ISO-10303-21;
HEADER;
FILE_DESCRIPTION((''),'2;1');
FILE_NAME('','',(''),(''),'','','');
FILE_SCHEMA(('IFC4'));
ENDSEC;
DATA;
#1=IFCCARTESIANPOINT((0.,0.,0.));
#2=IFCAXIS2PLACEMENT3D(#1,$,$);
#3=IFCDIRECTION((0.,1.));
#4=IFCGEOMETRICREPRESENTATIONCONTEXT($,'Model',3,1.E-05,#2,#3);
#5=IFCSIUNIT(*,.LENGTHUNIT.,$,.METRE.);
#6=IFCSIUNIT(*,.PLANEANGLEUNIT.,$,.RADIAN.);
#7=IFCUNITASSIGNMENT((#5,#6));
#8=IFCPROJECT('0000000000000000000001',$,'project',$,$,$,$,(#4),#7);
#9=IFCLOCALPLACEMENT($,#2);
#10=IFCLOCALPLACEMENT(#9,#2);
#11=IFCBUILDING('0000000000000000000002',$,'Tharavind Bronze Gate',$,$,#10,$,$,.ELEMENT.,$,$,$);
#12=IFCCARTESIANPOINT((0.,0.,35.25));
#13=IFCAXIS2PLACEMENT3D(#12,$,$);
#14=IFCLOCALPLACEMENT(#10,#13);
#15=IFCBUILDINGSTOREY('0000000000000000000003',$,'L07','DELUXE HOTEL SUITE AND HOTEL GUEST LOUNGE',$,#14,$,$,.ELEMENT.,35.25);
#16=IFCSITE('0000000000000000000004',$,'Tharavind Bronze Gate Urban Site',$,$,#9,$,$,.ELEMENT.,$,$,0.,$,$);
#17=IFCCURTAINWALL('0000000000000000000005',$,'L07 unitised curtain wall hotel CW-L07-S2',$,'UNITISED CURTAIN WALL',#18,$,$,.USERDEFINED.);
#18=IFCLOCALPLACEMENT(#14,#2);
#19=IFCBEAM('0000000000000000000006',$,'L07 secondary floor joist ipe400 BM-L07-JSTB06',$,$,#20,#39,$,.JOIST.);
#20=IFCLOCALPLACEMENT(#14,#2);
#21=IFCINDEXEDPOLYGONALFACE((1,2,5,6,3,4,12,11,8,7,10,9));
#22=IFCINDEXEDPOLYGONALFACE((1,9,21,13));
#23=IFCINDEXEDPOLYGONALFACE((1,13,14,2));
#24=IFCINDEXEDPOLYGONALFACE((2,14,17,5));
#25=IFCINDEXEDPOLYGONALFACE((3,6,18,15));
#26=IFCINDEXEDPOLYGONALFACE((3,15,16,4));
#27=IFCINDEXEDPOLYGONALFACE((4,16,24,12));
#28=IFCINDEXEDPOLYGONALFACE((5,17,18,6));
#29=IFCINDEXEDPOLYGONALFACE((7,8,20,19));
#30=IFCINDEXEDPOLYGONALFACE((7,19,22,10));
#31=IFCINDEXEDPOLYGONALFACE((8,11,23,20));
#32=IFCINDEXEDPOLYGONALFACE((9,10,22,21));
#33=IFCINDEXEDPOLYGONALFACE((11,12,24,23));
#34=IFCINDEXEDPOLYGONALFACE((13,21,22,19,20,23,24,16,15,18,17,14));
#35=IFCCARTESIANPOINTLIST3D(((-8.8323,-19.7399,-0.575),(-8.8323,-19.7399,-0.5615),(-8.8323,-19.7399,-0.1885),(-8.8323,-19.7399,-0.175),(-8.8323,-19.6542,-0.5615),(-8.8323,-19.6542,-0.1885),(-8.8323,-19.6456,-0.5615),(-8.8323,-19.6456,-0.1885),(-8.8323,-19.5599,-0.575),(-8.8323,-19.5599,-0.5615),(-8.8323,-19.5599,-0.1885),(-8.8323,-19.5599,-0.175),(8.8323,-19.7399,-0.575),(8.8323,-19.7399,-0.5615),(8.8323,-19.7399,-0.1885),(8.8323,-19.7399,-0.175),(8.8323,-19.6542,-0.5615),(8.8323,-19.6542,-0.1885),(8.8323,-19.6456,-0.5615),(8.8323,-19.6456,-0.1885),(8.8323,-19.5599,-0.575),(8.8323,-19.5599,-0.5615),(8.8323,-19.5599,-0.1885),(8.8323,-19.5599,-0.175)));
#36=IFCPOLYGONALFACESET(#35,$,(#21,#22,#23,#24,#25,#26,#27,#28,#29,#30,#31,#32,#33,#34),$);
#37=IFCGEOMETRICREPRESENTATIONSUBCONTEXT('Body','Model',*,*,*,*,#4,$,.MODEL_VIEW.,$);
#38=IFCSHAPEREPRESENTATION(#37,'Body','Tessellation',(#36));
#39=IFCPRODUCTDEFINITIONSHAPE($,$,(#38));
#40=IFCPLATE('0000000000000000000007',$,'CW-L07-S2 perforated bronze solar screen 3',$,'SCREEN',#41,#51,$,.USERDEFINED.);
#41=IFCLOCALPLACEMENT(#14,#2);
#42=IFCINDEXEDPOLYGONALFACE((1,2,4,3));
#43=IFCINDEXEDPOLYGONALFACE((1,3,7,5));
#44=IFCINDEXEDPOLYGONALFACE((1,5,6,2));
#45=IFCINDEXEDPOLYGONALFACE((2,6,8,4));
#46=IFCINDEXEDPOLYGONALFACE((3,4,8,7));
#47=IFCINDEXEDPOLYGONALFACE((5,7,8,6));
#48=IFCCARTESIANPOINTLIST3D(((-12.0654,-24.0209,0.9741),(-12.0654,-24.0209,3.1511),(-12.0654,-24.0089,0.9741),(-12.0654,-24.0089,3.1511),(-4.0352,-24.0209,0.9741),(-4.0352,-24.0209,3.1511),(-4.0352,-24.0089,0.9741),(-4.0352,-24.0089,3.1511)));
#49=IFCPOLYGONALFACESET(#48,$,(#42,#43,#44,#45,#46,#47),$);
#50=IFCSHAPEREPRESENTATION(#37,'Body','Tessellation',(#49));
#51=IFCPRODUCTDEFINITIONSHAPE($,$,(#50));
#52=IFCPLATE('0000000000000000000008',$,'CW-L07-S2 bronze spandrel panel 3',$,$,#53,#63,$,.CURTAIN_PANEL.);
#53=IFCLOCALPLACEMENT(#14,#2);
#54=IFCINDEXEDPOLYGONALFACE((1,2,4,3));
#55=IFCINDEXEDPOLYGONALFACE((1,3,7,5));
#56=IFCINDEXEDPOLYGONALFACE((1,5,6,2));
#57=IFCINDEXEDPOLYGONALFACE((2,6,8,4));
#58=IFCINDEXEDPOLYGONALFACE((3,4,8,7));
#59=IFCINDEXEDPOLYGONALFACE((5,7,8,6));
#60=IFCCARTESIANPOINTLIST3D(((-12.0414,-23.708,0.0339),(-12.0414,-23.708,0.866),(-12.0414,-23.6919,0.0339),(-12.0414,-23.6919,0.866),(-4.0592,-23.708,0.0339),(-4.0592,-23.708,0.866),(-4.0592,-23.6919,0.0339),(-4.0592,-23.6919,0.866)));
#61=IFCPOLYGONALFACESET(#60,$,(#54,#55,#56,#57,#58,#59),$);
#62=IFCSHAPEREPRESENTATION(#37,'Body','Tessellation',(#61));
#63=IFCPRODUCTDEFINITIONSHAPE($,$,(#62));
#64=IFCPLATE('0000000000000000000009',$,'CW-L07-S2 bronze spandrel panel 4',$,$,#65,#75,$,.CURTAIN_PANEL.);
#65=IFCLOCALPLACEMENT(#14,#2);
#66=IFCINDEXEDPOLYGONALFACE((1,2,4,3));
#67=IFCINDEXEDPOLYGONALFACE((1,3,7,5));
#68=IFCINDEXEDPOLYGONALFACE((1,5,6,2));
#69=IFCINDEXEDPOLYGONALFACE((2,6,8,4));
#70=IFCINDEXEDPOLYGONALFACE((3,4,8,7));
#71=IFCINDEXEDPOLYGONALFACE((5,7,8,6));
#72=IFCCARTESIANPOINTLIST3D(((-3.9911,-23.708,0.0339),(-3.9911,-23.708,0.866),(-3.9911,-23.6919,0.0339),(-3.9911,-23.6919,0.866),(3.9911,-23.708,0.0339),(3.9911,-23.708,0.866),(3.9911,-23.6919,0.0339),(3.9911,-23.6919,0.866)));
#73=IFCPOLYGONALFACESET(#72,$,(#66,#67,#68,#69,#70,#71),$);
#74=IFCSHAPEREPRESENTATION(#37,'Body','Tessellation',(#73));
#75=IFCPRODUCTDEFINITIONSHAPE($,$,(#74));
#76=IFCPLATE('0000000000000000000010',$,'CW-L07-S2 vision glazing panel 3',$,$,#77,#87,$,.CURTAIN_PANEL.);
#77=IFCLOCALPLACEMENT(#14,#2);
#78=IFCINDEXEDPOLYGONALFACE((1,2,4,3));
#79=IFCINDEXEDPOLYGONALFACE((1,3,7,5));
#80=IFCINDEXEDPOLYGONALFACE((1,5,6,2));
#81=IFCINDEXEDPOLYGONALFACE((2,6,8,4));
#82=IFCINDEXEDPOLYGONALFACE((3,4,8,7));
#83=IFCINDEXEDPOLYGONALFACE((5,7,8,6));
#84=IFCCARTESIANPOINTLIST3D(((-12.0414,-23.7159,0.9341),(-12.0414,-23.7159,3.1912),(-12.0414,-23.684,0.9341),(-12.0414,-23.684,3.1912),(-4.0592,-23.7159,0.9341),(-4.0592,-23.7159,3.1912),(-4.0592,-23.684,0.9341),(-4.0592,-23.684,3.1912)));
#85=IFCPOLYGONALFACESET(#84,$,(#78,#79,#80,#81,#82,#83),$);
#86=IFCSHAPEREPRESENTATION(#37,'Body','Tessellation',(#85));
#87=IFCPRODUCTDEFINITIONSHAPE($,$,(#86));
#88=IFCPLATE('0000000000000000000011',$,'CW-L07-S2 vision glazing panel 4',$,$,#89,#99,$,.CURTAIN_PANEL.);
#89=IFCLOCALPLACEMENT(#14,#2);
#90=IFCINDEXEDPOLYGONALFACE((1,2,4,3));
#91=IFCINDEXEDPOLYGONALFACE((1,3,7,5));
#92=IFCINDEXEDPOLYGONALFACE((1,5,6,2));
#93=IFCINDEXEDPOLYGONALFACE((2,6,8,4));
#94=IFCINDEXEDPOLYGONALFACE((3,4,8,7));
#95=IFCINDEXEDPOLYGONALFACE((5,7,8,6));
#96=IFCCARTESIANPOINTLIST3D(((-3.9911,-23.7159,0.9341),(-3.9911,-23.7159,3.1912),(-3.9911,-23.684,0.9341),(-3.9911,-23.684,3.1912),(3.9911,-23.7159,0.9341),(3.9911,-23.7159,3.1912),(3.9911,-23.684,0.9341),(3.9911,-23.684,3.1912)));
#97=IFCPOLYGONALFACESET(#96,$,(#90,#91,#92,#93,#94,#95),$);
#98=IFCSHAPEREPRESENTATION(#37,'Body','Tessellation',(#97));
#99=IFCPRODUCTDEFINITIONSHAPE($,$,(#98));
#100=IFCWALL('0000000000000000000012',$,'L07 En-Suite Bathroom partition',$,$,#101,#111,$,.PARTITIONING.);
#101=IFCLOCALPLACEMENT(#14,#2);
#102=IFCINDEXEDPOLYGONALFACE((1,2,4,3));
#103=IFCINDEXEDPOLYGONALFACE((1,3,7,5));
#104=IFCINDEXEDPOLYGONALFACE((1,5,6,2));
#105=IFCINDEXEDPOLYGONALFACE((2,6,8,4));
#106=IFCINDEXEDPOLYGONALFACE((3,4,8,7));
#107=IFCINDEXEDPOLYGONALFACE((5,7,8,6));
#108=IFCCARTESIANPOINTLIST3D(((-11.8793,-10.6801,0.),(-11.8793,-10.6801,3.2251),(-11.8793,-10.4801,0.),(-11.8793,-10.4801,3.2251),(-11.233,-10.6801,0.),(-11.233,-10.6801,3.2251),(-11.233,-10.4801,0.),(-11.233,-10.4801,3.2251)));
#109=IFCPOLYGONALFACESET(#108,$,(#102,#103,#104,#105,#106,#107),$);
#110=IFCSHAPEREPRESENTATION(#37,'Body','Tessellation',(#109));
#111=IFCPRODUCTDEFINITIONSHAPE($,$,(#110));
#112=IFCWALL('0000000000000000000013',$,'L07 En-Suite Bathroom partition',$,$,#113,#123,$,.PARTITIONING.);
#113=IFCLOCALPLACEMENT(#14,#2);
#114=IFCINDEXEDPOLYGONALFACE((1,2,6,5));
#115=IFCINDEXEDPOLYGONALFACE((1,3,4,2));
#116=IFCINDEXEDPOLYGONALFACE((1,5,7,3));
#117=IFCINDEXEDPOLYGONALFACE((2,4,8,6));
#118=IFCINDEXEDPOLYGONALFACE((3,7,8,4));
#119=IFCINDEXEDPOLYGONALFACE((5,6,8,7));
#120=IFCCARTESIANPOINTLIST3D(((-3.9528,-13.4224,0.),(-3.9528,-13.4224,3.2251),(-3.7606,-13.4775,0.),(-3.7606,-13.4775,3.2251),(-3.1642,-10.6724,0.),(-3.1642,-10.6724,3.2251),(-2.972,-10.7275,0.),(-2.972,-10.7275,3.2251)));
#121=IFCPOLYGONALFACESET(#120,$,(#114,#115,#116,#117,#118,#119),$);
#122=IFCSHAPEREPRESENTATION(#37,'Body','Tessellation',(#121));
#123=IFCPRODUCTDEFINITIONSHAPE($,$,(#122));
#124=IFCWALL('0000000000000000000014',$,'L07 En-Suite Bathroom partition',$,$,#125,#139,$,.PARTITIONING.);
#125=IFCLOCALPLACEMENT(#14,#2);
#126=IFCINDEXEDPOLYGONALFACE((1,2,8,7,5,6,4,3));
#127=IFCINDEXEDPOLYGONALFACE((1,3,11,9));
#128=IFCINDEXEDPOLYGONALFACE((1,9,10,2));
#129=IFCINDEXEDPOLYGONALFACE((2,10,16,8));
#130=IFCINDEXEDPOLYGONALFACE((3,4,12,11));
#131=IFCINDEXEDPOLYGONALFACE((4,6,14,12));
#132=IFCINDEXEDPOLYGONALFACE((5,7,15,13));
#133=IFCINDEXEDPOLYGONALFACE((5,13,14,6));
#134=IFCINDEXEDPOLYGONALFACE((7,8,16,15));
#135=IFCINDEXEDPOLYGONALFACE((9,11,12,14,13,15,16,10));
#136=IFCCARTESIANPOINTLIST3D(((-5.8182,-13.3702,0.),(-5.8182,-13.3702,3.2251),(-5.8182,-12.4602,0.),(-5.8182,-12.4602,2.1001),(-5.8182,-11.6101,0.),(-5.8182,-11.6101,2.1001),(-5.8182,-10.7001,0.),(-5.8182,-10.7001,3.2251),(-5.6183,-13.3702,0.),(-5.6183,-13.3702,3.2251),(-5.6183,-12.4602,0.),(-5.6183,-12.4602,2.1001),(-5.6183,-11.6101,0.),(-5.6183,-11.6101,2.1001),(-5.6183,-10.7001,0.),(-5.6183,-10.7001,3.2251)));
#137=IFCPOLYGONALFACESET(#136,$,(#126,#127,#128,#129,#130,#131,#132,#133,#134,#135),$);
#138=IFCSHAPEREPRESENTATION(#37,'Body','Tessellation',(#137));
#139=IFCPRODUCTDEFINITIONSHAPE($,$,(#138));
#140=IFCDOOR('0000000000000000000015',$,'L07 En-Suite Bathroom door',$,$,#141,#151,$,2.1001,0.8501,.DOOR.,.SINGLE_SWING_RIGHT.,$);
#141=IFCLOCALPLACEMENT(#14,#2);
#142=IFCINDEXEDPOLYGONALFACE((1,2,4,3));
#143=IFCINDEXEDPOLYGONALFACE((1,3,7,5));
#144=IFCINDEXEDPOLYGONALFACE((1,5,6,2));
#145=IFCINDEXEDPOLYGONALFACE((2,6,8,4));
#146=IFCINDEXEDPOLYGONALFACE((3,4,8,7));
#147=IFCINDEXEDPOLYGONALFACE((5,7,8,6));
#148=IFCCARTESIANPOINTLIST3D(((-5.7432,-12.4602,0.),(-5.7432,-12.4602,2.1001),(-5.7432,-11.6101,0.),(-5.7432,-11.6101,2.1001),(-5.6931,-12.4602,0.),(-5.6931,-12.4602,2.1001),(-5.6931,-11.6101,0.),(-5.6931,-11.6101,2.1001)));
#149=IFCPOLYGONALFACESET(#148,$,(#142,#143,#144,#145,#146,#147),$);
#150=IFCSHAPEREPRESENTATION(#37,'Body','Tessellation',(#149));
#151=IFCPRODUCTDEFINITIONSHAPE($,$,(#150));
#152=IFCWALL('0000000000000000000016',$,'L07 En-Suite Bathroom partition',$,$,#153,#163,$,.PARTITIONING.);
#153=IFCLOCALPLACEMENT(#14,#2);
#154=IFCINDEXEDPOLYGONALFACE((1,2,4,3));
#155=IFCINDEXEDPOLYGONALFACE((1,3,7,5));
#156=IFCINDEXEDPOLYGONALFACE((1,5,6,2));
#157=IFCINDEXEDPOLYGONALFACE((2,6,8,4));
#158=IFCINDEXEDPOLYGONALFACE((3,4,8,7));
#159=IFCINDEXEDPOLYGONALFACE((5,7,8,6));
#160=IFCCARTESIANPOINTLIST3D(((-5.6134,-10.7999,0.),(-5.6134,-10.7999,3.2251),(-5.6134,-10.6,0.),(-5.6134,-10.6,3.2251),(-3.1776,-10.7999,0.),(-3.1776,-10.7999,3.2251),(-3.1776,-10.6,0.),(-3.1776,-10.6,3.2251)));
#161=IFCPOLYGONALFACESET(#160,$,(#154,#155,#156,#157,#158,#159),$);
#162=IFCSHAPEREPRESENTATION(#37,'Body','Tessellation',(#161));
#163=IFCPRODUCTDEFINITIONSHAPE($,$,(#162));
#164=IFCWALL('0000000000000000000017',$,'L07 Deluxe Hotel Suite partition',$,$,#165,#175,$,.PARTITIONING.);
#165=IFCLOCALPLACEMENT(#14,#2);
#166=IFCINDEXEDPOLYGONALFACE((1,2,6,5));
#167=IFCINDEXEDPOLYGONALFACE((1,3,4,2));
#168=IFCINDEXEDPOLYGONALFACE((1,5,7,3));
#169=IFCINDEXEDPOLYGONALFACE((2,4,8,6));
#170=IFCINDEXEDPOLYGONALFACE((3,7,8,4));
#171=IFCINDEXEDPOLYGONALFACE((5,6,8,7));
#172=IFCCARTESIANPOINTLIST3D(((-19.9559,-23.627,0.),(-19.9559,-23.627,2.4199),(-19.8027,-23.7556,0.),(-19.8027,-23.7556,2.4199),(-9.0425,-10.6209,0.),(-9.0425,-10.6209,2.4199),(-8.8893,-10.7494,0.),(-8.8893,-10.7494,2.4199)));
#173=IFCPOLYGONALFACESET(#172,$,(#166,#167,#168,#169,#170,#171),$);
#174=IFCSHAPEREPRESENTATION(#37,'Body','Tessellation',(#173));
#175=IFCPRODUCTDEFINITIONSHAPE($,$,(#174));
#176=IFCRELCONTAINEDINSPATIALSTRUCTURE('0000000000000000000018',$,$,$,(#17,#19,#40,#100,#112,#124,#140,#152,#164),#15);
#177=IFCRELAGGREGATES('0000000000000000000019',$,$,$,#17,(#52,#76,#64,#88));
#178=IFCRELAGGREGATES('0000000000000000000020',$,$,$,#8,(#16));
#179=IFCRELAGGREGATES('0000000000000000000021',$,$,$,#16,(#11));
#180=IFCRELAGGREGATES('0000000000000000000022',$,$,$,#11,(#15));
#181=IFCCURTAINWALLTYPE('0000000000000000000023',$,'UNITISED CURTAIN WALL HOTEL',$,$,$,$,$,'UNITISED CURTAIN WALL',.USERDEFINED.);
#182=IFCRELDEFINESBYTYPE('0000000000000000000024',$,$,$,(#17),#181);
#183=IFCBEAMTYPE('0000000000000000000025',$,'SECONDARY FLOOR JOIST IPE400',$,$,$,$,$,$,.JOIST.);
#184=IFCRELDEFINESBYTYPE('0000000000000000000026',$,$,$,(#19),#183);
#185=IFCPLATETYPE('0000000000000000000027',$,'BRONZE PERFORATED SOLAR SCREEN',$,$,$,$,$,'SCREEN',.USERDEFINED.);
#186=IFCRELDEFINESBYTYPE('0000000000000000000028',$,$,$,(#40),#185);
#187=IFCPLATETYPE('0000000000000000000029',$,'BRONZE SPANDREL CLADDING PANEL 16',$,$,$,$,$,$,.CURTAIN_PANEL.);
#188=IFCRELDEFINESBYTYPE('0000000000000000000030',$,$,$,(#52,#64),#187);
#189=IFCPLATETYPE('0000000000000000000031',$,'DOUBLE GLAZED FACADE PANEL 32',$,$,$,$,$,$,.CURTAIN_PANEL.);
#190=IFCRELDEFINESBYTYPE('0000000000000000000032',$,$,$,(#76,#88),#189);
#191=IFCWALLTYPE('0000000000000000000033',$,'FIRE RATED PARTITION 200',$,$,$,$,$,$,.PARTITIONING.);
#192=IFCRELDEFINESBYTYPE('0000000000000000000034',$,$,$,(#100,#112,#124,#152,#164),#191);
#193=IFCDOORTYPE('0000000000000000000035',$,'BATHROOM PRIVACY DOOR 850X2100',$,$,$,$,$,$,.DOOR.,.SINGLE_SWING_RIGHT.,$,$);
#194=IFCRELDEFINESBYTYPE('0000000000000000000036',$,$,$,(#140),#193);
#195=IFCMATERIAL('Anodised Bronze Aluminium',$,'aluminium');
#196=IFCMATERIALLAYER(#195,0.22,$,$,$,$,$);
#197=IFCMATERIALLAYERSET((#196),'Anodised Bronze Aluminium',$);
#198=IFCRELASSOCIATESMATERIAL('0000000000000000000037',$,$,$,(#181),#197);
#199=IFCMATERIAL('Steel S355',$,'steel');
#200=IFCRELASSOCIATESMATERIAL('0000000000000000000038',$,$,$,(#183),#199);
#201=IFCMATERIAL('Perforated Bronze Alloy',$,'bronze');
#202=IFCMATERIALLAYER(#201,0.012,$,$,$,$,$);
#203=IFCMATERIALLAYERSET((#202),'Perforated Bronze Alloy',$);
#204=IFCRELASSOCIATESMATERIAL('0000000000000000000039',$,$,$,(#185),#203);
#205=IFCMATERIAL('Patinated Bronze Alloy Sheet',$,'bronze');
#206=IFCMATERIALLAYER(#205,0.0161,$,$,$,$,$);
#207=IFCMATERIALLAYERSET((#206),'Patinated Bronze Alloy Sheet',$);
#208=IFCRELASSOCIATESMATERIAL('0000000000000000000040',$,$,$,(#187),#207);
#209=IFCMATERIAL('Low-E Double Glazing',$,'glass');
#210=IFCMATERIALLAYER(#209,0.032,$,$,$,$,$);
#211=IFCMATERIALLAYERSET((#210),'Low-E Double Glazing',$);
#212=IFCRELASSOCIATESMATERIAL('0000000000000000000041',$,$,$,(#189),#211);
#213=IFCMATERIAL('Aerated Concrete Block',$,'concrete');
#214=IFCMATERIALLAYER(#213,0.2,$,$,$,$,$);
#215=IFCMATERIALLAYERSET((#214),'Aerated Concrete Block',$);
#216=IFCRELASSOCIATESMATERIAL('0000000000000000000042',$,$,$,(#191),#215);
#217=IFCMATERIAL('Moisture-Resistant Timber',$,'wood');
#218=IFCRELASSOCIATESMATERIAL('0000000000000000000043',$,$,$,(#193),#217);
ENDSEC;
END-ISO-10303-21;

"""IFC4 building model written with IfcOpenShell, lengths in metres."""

from ifc_helpers import new_model, si_unit, direction, frame, frame_2d, origin, origin_2d, place, context, subcontext, project, spatial, rectangle, i_section, extrude, material, layer, layer_set, material_profile, profile_set, type_object, element, fill, aggregate, save


model = new_model("IFC4")

# Units and contexts
model_context = context("Model", 3, precision=1e-05, world=origin(), true_north=direction((0.0, 1.0)))
body_context = subcontext(model_context, "Body", "Model", "MODEL_VIEW")
ifc_project = project(units=[si_unit("LENGTHUNIT", "METRE"), si_unit("PLANEANGLEUNIT", "RADIAN")], contexts=[model_context])

# Site, building, storey
site_placement = place(None, origin())
site = spatial("IfcSite", under=ifc_project, at=site_placement, Name="Tharavind Bronze Gate Urban Site", CompositionType="ELEMENT", RefElevation=0.0)
building_placement = place(site_placement, origin())
building = spatial("IfcBuilding", under=site, at=building_placement, Name="Tharavind Bronze Gate", CompositionType="ELEMENT")
storey_placement = place(building_placement, frame((0.0, 0.0, 35.25)))
storey = spatial("IfcBuildingStorey", under=building, at=storey_placement, Name="L07", Description="DELUXE HOTEL SUITE AND HOTEL GUEST LOUNGE", CompositionType="ELEMENT", Elevation=35.25)

# Curtain wall
ifc_material_1 = material(Name="Anodised Bronze Aluminium", Category="aluminium")
ifc_layer_1 = layer(ifc_material_1, 0.22)
ifc_layer_set_1 = layer_set([ifc_layer_1], Name="Anodised Bronze Aluminium")
curtain_wall_type = type_object("IfcCurtainWallType", Name="UNITISED CURTAIN WALL HOTEL", ElementType="UNITISED CURTAIN WALL", PredefinedType="USERDEFINED", material=ifc_layer_set_1)
curtain_wall_placement = place(storey_placement, origin())
curtain_wall = element("IfcCurtainWall", 1, at=curtain_wall_placement, inside=storey, type_object=curtain_wall_type, Name="L07 unitised curtain wall hotel CW-L07-S2", ObjectType="UNITISED CURTAIN WALL", PredefinedType="USERDEFINED")

# Beam
ifc_material_2 = material(Name="Steel S355", Category="steel")
ifc_material_profile_1 = material_profile(ifc_material_2, i_section(OverallWidth=0.1799, OverallDepth=0.3999, WebThickness=0.0085, FlangeThickness=0.0134, at=origin_2d()), Name="IPE400")
ifc_profile_set_1 = profile_set([ifc_material_profile_1], Name="Steel S355")
beam_type_1 = type_object("IfcBeamType", Name="SECONDARY FLOOR JOIST IPE400", PredefinedType="JOIST", material=ifc_profile_set_1)
beam_1_placement = place(storey_placement, frame((-8.8323, -19.6499, -0.375), z_axis=(1.0, 0.0, 0.0), x_axis=(0.0, 1.0, 0.0)))
element("IfcBeam", 2, at=beam_1_placement, inside=storey, type_object=beam_type_1, Name="L07 secondary floor joist ipe400 BM-L07-JSTB06", PredefinedType="JOIST", context=body_context, shape_type="SweptSolid", body=[
    extrude(i_section(OverallWidth=0.1799, OverallDepth=0.3999, WebThickness=0.0085, FlangeThickness=0.0134, at=origin_2d()), origin(), (0.0, 0.0, 1.0), 17.6646),
])

# Plates
ifc_material_3 = material(Name="Perforated Bronze Alloy", Category="bronze")
ifc_layer_2 = layer(ifc_material_3, 0.012)
ifc_layer_set_2 = layer_set([ifc_layer_2], Name="Perforated Bronze Alloy")
plate_type_1 = type_object("IfcPlateType", Name="BRONZE PERFORATED SOLAR SCREEN", ElementType="SCREEN", PredefinedType="USERDEFINED", material=ifc_layer_set_2)
plate_1_placement = place(storey_placement, frame((-8.0503, -24.0149, 0.9741), z_axis=(0.0, 0.0, 1.0), x_axis=(1.0, 0.0, 0.0)))
element("IfcPlate", 3, at=plate_1_placement, inside=storey, type_object=plate_type_1, Name="CW-L07-S2 perforated bronze solar screen 3", ObjectType="SCREEN", PredefinedType="USERDEFINED", context=body_context, shape_type="SweptSolid", body=[
    extrude(rectangle(XDim=8.0303, YDim=0.012, at=origin_2d()), origin(), (0.0, 0.0, 1.0), 2.177),
])
ifc_material_4 = material(Name="Patinated Bronze Alloy Sheet", Category="bronze")
ifc_layer_3 = layer(ifc_material_4, 0.0161)
ifc_layer_set_3 = layer_set([ifc_layer_3], Name="Patinated Bronze Alloy Sheet")
plate_type_2 = type_object("IfcPlateType", Name="BRONZE SPANDREL CLADDING PANEL 16", PredefinedType="CURTAIN_PANEL", material=ifc_layer_set_3)
plate_2_placement = place(storey_placement, frame((-8.0503, -23.7, 0.0339), z_axis=(0.0, 0.0, 1.0), x_axis=(1.0, 0.0, 0.0)))
plate_2 = element("IfcPlate", 4, at=plate_2_placement, type_object=plate_type_2, Name="CW-L07-S2 bronze spandrel panel 3", PredefinedType="CURTAIN_PANEL", context=body_context, shape_type="SweptSolid", body=[
    extrude(rectangle(XDim=7.9822, YDim=0.0161, at=origin_2d()), origin(), (0.0, 0.0, 1.0), 0.832),
])
plate_3_placement = place(storey_placement, frame((0.0, -23.7, 0.0339), z_axis=(0.0, 0.0, 1.0), x_axis=(1.0, 0.0, 0.0)))
plate_3 = element("IfcPlate", 5, at=plate_3_placement, type_object=plate_type_2, Name="CW-L07-S2 bronze spandrel panel 4", PredefinedType="CURTAIN_PANEL", context=body_context, shape_type="SweptSolid", body=[
    extrude(rectangle(XDim=7.9822, YDim=0.0161, at=origin_2d()), origin(), (0.0, 0.0, 1.0), 0.832),
])
ifc_material_5 = material(Name="Low-E Double Glazing", Category="glass")
ifc_layer_4 = layer(ifc_material_5, 0.032)
ifc_layer_set_4 = layer_set([ifc_layer_4], Name="Low-E Double Glazing")
plate_type_3 = type_object("IfcPlateType", Name="DOUBLE GLAZED FACADE PANEL 32", PredefinedType="CURTAIN_PANEL", material=ifc_layer_set_4)
plate_4_placement = place(storey_placement, frame((-8.0503, -23.7, 0.9341), z_axis=(0.0, 0.0, 1.0), x_axis=(1.0, 0.0, 0.0)))
plate_4 = element("IfcPlate", 6, at=plate_4_placement, type_object=plate_type_3, Name="CW-L07-S2 vision glazing panel 3", PredefinedType="CURTAIN_PANEL", context=body_context, shape_type="SweptSolid", body=[
    extrude(rectangle(XDim=7.9822, YDim=0.032, at=origin_2d()), origin(), (0.0, 0.0, 1.0), 2.2571),
])
plate_5_placement = place(storey_placement, frame((0.0, -23.7, 0.9341), z_axis=(0.0, 0.0, 1.0), x_axis=(1.0, 0.0, 0.0)))
plate_5 = element("IfcPlate", 7, at=plate_5_placement, type_object=plate_type_3, Name="CW-L07-S2 vision glazing panel 4", PredefinedType="CURTAIN_PANEL", context=body_context, shape_type="SweptSolid", body=[
    extrude(rectangle(XDim=7.9822, YDim=0.032, at=origin_2d()), origin(), (0.0, 0.0, 1.0), 2.2571),
])
aggregate(curtain_wall, [plate_2, plate_4, plate_3, plate_5])

# Walls
ifc_material_6 = material(Name="Aerated Concrete Block", Category="concrete")
ifc_layer_5 = layer(ifc_material_6, 0.2)
ifc_layer_set_5 = layer_set([ifc_layer_5], Name="Aerated Concrete Block")
wall_type_1 = type_object("IfcWallType", Name="FIRE RATED PARTITION 200", PredefinedType="PARTITIONING", material=ifc_layer_set_5)
wall_1_placement = place(storey_placement, frame((-11.8794, -10.5801, 0.0), z_axis=(0.0, 0.0, 1.0), x_axis=(1.0, 0.0, 0.0)))
element("IfcWall", 8, at=wall_1_placement, inside=storey, type_object=wall_type_1, Name="L07 En-Suite Bathroom partition", PredefinedType="PARTITIONING", context=body_context, shape_type="SweptSolid", body=[
    extrude(rectangle(XDim=0.6462, YDim=0.2, at=frame_2d((0.3232, 0.0))), origin(), (0.0, 0.0, 1.0), 3.2251),
])
wall_2_placement = place(storey_placement, frame((-3.0681, -10.7, 0.0), z_axis=(0.0, 0.0, 1.0), x_axis=(-0.275645, -0.961259, 0.0)))
element("IfcWall", 9, at=wall_2_placement, inside=storey, type_object=wall_type_1, Name="L07 En-Suite Bathroom partition", PredefinedType="PARTITIONING", context=body_context, shape_type="SweptSolid", body=[
    extrude(rectangle(XDim=2.8608, YDim=0.2, at=frame_2d((1.4304, 0.0))), origin(), (0.0, 0.0, 1.0), 3.2251),
])

# Wall, opening, door
wall_3_placement = place(storey_placement, frame((-5.7183, -13.3701, 0.0), z_axis=(0.0, 0.0, 1.0), x_axis=(0.0, 1.0, 0.0)))
wall_3 = element("IfcWall", 10, at=wall_3_placement, inside=storey, type_object=wall_type_1, Name="L07 En-Suite Bathroom partition", PredefinedType="PARTITIONING", context=body_context, shape_type="SweptSolid", body=[
    extrude(rectangle(XDim=2.6702, YDim=0.2, at=frame_2d((1.335, 0.0))), origin(), (0.0, 0.0, 1.0), 3.2251),
])
opening_placement = place(wall_3_placement, frame((0.9099, 0.0, 0.0)))
opening = element("IfcOpeningElement", 11, at=opening_placement, cuts=wall_3, PredefinedType="OPENING", context=body_context, shape_type="SweptSolid", body=[
    extrude(rectangle(XDim=0.8501, YDim=2.1001, at=frame_2d((0.425, 1.05))), frame((0.0, 0.1101, 0.0), z_axis=(0.0, -1.0, 0.0), x_axis=(1.0, 0.0, 0.0)), (0.0, 0.0, 1.0), 0.22),
])
ifc_material_7 = material(Name="Moisture-Resistant Timber", Category="wood")
door_type = type_object("IfcDoorType", Name="BATHROOM PRIVACY DOOR 850X2100", OperationType="SINGLE_SWING_RIGHT", PredefinedType="DOOR", material=ifc_material_7)
door_placement = place(opening_placement, origin())
door = element("IfcDoor", 12, at=door_placement, inside=storey, type_object=door_type, Name="L07 En-Suite Bathroom door", OperationType="SINGLE_SWING_RIGHT", OverallHeight=2.1001, OverallWidth=0.8501, PredefinedType="DOOR", context=body_context, shape_type="SweptSolid", body=[
    extrude(rectangle(XDim=0.8501, YDim=2.1001, at=frame_2d((0.425, 1.05))), frame((0.0, 0.0249, 0.0), z_axis=(0.0, -1.0, 0.0), x_axis=(1.0, 0.0, 0.0)), (0.0, 0.0, 1.0), 0.05),
])
fill(opening, door)

# Walls
wall_4_placement = place(storey_placement, frame((-5.6133, -10.7, 0.0), z_axis=(0.0, 0.0, 1.0), x_axis=(1.0, 0.0, 0.0)))
element("IfcWall", 13, at=wall_4_placement, inside=storey, type_object=wall_type_1, Name="L07 En-Suite Bathroom partition", PredefinedType="PARTITIONING", context=body_context, shape_type="SweptSolid", body=[
    extrude(rectangle(XDim=2.4358, YDim=0.2, at=frame_2d((1.2178, 0.0))), origin(), (0.0, 0.0, 1.0), 3.2251),
])
wall_5_placement = place(storey_placement, frame((-8.9658, -10.6851, 0.0), z_axis=(0.0, 0.0, 1.0), x_axis=(-0.642785, -0.766047, 0.0)))
element("IfcWall", 14, at=wall_5_placement, inside=storey, type_object=wall_type_1, Name="L07 Deluxe Hotel Suite partition", PredefinedType="PARTITIONING", context=body_context, shape_type="SweptSolid", body=[
    extrude(rectangle(XDim=16.9783, YDim=0.2, at=frame_2d((8.4893, 0.0))), origin(), (0.0, 0.0, 1.0), 2.4199),
])

save(model, "model.ifc")
